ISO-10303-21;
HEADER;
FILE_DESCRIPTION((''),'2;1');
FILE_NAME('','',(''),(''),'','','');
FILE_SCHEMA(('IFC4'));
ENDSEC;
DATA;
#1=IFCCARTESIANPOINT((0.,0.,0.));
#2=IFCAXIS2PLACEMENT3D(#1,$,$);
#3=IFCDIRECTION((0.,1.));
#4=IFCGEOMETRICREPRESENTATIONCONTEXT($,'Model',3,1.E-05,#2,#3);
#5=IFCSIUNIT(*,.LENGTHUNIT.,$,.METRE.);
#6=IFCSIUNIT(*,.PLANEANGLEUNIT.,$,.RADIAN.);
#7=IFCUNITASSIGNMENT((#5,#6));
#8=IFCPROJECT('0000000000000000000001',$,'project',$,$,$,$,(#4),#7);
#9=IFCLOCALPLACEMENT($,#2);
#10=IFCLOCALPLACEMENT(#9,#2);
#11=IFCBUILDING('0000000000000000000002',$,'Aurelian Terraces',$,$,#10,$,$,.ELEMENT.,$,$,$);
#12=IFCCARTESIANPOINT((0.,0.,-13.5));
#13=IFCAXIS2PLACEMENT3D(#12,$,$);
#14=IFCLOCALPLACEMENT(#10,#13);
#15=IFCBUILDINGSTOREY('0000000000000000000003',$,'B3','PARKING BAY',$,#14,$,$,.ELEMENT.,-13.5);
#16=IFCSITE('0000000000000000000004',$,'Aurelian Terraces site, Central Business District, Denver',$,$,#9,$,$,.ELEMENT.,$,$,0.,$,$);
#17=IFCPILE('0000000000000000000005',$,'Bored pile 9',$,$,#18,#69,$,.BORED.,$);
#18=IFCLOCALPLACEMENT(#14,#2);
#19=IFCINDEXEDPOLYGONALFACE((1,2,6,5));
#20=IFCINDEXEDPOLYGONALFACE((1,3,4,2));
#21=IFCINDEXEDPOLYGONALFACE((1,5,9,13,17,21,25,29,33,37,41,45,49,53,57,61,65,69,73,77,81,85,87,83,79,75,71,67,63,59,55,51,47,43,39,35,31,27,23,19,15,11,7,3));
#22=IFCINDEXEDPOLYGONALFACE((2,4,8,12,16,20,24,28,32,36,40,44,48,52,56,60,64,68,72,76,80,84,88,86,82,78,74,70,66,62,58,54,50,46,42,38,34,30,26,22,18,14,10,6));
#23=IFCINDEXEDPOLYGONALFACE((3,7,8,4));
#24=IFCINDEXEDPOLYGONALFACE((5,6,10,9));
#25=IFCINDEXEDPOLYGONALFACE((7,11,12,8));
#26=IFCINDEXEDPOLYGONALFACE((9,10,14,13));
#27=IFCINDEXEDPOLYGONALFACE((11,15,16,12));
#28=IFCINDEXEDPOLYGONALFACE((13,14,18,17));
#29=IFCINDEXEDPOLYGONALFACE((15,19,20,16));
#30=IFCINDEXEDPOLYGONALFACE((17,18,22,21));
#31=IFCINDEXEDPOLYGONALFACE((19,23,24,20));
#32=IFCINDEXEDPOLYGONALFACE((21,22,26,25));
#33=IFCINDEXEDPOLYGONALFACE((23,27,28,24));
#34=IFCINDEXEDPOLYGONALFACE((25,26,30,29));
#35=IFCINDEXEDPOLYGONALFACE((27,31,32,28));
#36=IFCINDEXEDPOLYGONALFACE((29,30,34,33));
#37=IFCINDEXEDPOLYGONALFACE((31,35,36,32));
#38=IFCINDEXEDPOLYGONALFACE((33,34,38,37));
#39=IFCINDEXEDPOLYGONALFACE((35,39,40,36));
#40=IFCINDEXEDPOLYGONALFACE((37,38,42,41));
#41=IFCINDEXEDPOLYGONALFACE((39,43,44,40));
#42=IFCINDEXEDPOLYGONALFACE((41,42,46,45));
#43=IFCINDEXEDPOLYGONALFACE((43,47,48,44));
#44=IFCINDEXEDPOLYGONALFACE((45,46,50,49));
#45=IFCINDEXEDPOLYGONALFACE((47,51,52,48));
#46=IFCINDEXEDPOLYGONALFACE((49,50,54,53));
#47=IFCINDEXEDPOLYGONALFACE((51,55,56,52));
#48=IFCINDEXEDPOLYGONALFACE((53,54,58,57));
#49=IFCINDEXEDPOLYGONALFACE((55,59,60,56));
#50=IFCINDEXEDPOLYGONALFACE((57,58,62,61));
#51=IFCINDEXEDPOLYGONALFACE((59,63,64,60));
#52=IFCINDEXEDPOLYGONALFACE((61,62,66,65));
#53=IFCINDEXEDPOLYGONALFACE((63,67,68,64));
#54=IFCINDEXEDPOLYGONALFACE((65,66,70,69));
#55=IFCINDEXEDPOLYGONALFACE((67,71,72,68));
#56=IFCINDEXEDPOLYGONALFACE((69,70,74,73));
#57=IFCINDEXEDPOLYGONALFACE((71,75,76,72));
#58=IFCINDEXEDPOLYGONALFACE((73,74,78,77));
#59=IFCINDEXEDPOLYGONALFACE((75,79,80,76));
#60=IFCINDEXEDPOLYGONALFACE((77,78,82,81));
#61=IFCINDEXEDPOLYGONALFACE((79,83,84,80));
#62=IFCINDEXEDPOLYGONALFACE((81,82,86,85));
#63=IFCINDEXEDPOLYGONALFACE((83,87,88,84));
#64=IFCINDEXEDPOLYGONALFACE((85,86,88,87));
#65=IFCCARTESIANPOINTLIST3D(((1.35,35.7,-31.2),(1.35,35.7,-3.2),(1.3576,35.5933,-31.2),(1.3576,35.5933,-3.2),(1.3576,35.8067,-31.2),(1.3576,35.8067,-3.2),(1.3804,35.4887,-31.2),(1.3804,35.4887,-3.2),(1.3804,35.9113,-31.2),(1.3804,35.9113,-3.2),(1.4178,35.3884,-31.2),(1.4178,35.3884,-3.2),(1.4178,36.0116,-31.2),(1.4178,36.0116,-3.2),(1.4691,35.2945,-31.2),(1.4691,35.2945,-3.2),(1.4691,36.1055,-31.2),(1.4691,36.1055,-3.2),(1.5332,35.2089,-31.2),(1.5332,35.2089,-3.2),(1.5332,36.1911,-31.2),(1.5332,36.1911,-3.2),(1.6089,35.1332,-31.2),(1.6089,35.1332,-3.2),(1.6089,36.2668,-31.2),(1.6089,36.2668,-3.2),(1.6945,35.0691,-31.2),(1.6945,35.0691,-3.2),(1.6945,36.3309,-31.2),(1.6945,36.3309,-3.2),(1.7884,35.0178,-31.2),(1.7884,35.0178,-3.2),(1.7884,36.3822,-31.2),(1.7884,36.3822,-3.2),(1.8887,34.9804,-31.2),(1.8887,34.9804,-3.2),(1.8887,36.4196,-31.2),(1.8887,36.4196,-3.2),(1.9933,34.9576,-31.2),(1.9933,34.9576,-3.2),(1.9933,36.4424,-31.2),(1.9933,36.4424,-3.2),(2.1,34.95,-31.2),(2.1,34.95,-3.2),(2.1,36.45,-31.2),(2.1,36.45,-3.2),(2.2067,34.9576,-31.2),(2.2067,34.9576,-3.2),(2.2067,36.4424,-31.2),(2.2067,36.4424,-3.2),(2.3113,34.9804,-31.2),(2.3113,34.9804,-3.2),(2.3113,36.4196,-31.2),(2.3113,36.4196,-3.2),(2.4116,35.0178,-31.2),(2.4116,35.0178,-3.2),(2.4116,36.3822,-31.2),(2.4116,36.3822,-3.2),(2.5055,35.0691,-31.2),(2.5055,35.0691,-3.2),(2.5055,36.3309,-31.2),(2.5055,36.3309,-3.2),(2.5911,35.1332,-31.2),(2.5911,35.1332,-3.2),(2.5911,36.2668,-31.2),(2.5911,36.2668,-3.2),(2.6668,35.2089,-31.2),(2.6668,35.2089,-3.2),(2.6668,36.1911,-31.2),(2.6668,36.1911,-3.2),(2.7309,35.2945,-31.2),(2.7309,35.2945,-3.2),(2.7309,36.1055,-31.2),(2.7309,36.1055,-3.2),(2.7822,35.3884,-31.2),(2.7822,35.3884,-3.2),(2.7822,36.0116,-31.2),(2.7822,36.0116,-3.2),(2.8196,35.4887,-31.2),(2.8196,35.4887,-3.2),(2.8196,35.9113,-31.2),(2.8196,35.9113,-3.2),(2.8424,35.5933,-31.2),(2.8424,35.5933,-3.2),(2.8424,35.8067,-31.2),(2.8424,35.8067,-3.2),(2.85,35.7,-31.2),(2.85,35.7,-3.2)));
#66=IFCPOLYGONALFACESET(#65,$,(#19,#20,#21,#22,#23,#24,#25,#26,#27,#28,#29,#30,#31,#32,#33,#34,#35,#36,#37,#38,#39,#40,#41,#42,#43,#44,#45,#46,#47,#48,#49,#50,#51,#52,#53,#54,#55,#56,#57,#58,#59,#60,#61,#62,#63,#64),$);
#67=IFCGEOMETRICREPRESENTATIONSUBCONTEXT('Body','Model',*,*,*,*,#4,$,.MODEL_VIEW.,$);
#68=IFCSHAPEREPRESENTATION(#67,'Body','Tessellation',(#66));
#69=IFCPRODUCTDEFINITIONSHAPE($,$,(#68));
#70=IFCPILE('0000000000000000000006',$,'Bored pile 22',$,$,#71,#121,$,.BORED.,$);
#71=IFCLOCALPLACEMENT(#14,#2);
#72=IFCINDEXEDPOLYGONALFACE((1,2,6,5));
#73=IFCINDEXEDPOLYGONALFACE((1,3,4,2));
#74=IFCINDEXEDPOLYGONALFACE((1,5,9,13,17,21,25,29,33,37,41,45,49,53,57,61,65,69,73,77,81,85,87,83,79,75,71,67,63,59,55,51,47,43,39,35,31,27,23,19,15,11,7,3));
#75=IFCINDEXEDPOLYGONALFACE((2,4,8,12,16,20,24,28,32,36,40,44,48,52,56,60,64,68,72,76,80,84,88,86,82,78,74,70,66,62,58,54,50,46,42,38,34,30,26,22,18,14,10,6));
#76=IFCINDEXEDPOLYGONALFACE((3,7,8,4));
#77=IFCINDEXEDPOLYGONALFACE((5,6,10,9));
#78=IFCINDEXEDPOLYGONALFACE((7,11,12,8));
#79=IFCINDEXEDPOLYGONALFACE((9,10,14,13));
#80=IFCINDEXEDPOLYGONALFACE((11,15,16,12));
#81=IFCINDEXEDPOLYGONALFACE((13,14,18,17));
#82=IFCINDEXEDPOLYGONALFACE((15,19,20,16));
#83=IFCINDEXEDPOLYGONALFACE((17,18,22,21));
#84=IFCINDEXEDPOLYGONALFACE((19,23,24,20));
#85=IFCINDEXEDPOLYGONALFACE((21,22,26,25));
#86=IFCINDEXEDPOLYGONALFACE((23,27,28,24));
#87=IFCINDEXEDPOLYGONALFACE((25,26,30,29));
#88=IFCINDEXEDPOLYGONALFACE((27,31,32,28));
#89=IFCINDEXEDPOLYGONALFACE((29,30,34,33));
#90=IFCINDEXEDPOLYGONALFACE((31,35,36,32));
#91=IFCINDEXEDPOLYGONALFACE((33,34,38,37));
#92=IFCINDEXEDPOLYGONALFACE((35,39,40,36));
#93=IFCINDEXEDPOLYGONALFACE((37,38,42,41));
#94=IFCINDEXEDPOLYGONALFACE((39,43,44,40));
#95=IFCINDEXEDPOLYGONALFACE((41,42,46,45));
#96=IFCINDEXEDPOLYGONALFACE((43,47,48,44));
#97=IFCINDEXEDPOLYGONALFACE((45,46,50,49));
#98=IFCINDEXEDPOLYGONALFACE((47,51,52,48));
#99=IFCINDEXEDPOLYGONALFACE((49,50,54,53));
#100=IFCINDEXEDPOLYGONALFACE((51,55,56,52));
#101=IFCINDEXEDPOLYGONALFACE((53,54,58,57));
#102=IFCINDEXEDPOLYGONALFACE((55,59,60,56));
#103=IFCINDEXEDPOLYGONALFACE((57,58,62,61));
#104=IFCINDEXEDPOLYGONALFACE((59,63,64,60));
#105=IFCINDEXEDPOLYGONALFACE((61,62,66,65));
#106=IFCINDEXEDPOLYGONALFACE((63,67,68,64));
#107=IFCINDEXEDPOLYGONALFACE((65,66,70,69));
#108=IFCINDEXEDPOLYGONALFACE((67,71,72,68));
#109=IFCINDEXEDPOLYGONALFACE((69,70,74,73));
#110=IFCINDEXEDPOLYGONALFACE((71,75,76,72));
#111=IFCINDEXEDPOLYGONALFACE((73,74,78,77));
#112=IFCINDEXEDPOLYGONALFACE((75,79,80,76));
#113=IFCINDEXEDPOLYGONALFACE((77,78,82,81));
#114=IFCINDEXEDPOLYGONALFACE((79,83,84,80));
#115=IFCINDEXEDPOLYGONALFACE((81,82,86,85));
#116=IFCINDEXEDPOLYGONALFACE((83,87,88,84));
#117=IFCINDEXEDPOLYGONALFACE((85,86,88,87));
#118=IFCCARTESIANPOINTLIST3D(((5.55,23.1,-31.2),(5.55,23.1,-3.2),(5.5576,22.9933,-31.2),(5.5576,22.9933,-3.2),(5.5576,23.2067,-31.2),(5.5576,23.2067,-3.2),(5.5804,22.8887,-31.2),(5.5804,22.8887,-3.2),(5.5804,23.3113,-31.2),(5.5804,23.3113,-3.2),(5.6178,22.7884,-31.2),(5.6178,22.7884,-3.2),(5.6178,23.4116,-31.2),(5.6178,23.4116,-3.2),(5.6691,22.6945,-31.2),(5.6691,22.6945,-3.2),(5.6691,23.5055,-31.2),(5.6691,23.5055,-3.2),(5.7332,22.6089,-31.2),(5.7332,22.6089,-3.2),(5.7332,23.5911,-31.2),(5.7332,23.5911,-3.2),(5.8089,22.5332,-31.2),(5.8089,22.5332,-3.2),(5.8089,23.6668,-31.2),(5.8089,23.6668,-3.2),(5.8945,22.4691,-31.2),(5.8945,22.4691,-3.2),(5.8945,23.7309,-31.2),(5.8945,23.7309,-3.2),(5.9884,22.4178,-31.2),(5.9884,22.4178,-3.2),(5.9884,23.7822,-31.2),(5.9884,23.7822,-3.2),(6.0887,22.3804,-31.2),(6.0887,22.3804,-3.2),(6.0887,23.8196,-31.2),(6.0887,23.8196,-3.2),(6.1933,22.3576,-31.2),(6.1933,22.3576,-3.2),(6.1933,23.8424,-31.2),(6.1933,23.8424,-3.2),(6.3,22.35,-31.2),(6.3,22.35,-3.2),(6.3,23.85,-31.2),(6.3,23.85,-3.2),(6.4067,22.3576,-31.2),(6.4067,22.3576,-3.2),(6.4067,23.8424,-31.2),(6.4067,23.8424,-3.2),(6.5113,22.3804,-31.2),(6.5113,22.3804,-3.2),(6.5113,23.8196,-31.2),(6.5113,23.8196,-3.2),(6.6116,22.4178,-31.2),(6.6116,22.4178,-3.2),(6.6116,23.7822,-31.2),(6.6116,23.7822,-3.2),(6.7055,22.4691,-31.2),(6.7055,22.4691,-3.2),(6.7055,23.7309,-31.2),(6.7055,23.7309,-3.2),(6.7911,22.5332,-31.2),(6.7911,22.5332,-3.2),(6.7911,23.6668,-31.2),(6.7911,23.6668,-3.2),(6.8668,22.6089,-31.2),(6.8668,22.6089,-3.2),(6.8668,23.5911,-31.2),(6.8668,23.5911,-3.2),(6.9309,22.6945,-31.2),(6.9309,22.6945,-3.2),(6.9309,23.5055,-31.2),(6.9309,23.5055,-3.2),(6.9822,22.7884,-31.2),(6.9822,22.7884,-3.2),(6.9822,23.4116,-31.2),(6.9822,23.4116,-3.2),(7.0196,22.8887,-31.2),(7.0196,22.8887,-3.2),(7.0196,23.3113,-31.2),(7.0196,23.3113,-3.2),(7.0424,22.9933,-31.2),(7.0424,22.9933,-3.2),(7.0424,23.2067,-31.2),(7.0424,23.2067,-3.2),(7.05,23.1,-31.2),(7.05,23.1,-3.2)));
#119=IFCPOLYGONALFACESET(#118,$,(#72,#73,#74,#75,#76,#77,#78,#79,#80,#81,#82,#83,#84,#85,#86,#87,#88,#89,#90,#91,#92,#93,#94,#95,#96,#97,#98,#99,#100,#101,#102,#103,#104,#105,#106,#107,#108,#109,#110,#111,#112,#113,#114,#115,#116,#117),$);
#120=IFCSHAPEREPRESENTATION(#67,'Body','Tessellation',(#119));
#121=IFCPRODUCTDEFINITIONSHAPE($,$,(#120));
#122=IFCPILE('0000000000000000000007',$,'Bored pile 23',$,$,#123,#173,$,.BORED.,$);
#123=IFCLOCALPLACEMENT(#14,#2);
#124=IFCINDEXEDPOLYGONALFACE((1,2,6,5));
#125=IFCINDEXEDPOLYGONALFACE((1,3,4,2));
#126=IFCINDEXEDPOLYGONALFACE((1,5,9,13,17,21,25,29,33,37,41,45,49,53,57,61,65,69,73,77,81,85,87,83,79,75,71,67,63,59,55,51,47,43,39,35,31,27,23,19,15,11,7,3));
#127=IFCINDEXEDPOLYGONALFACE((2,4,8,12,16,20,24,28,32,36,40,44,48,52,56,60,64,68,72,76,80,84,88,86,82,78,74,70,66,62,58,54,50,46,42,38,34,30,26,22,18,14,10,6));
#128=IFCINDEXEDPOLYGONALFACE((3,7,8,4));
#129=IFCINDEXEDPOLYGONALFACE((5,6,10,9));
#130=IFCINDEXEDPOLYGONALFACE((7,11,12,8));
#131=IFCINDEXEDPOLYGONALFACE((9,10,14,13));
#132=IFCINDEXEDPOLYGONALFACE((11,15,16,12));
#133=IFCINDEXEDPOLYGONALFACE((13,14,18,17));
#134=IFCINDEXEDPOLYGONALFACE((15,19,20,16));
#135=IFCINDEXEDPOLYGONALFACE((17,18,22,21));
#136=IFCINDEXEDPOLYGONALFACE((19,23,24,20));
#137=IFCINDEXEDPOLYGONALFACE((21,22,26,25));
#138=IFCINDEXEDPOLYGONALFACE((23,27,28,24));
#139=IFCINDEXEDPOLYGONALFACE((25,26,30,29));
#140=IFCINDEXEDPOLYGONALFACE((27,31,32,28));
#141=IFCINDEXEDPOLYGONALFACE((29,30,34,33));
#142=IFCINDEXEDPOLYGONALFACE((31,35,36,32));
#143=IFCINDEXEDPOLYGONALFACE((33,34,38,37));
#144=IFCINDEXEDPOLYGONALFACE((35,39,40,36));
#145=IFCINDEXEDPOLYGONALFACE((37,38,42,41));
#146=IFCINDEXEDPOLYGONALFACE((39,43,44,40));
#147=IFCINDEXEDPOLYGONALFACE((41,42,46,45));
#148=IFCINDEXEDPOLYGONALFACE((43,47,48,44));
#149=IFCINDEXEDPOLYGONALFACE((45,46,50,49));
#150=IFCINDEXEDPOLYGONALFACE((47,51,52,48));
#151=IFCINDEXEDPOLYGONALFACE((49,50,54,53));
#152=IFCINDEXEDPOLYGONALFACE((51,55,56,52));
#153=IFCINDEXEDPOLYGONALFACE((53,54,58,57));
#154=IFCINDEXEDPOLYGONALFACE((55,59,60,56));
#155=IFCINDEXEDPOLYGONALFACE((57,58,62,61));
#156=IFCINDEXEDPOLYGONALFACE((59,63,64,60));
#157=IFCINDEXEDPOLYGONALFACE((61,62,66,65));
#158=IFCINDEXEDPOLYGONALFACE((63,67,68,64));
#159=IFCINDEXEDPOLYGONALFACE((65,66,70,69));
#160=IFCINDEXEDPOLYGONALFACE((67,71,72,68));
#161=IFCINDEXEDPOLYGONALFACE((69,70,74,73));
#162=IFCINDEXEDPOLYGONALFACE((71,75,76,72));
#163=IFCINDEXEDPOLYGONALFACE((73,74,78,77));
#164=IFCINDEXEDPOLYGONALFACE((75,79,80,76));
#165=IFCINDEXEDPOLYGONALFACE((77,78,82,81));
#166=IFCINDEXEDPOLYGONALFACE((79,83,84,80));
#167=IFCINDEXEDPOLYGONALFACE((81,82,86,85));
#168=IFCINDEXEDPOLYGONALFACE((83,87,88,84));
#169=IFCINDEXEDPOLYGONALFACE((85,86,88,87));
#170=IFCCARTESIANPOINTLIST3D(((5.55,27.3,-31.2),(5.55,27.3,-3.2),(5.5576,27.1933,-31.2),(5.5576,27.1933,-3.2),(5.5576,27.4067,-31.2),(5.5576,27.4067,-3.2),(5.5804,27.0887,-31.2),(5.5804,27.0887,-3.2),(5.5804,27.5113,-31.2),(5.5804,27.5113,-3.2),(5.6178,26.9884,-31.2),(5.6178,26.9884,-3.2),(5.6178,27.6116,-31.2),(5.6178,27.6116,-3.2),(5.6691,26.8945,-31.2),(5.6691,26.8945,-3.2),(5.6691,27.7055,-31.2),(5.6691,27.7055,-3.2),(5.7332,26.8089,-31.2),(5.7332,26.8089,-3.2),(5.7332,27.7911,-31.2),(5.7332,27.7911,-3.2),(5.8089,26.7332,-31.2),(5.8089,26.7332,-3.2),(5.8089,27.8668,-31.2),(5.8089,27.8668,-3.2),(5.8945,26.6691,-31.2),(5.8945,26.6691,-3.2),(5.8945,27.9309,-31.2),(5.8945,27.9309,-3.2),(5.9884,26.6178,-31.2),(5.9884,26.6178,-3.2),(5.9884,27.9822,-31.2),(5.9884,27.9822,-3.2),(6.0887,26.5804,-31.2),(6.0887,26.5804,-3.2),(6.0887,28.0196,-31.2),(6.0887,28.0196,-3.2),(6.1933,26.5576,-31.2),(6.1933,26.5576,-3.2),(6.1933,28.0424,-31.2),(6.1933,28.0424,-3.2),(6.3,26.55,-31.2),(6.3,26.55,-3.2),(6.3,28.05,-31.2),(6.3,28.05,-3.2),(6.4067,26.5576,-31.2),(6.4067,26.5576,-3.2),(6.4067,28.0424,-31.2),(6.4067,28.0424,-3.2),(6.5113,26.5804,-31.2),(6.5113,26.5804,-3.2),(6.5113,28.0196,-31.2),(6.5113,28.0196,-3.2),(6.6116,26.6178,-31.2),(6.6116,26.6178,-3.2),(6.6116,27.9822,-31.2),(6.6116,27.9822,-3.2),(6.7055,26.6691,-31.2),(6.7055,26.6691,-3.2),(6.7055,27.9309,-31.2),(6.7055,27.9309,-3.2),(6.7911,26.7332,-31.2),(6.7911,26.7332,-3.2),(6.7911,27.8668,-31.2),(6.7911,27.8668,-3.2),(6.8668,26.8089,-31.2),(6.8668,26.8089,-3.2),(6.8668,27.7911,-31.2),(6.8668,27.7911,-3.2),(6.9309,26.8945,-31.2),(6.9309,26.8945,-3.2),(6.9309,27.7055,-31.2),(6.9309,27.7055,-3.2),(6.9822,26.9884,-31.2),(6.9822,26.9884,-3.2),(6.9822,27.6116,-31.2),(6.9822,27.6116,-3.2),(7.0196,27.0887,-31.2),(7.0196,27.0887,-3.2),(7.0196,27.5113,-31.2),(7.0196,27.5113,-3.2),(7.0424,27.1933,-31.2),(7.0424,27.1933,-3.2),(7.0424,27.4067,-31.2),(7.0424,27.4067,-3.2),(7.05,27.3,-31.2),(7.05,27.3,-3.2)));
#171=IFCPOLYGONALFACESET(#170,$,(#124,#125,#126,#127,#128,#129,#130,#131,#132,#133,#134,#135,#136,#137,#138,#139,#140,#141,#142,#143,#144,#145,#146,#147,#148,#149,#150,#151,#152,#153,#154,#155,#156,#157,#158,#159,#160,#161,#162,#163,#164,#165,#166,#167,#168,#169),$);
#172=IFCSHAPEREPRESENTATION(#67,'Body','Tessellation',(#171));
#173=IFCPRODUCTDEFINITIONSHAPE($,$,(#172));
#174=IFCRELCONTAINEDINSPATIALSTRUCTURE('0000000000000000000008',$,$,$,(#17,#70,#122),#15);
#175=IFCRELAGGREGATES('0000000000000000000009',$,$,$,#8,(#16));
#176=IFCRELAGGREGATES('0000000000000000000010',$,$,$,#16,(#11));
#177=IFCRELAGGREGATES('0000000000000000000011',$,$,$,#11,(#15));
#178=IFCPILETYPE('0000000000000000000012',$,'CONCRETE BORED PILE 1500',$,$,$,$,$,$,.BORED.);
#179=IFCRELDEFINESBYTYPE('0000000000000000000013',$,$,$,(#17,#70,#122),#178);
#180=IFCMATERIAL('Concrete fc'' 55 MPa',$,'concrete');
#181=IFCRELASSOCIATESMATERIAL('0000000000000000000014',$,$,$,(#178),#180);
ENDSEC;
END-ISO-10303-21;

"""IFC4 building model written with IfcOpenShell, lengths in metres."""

from ifc_helpers import new_model, si_unit, direction, frame, origin, origin_2d, place, context, subcontext, project, spatial, circle, extrude, source, transform, mapped, material, material_profile, profile_set, type_object, element, save


model = new_model("IFC4")

# Units and contexts
model_context = context("Model", 3, precision=1e-05, world=origin(), true_north=direction((0.0, 1.0)))
body_context = subcontext(model_context, "Body", "Model", "MODEL_VIEW")
ifc_project = project(units=[si_unit("LENGTHUNIT", "METRE"), si_unit("PLANEANGLEUNIT", "RADIAN")], contexts=[model_context])

# Site, building, storey
site_placement = place(None, origin())
site = spatial("IfcSite", under=ifc_project, at=site_placement, Name="Aurelian Terraces site, Central Business District, Denver", CompositionType="ELEMENT", RefElevation=0.0)
building_placement = place(site_placement, origin())
building = spatial("IfcBuilding", under=site, at=building_placement, Name="Aurelian Terraces", CompositionType="ELEMENT")
storey_placement = place(building_placement, frame((0.0, 0.0, -13.5)))
storey = spatial("IfcBuildingStorey", under=building, at=storey_placement, Name="B3", Description="PARKING BAY", CompositionType="ELEMENT", Elevation=-13.5)

# Piles
ifc_material_1 = material(Name="Concrete fc' 55 MPa", Category="concrete")
ifc_material_profile_1 = material_profile(ifc_material_1, circle(Radius=0.75, at=origin_2d()))
ifc_profile_set_1 = profile_set([ifc_material_profile_1], Name="Concrete fc' 55 MPa")
pile_type = type_object("IfcPileType", Name="CONCRETE BORED PILE 1500", PredefinedType="BORED", material=ifc_profile_set_1)
shared_shape_1 = source(origin(), body_context, "Body", "SweptSolid", [
    extrude(circle(Radius=0.75, at=origin_2d()), origin(), (0.0, 0.0, 1.0), 28.0),
])
for number, where, z_axis, x_axis, name in (
    (1, (2.1, 35.7, -3.2), (0.0, 0.0, -1.0), (1.0, 0.0, 0.0), "Bored pile 9"),
    (2, (6.3, 23.1, -3.2), (0.0, 0.0, -1.0), (1.0, 0.0, 0.0), "Bored pile 22"),
    (3, (6.3, 27.3, -3.2), (0.0, 0.0, -1.0), (1.0, 0.0, 0.0), "Bored pile 23"),
):
    element("IfcPile", number, at=place(storey_placement, frame(where, z_axis=z_axis, x_axis=x_axis)), inside=storey, type_object=pile_type, Name=name, PredefinedType="BORED", context=body_context, shape_type="MappedRepresentation", body=[
        mapped(shared_shape_1, transform((0.0, 0.0, 0.0), scale=1.0)),
    ])

save(model, "model.ifc")
